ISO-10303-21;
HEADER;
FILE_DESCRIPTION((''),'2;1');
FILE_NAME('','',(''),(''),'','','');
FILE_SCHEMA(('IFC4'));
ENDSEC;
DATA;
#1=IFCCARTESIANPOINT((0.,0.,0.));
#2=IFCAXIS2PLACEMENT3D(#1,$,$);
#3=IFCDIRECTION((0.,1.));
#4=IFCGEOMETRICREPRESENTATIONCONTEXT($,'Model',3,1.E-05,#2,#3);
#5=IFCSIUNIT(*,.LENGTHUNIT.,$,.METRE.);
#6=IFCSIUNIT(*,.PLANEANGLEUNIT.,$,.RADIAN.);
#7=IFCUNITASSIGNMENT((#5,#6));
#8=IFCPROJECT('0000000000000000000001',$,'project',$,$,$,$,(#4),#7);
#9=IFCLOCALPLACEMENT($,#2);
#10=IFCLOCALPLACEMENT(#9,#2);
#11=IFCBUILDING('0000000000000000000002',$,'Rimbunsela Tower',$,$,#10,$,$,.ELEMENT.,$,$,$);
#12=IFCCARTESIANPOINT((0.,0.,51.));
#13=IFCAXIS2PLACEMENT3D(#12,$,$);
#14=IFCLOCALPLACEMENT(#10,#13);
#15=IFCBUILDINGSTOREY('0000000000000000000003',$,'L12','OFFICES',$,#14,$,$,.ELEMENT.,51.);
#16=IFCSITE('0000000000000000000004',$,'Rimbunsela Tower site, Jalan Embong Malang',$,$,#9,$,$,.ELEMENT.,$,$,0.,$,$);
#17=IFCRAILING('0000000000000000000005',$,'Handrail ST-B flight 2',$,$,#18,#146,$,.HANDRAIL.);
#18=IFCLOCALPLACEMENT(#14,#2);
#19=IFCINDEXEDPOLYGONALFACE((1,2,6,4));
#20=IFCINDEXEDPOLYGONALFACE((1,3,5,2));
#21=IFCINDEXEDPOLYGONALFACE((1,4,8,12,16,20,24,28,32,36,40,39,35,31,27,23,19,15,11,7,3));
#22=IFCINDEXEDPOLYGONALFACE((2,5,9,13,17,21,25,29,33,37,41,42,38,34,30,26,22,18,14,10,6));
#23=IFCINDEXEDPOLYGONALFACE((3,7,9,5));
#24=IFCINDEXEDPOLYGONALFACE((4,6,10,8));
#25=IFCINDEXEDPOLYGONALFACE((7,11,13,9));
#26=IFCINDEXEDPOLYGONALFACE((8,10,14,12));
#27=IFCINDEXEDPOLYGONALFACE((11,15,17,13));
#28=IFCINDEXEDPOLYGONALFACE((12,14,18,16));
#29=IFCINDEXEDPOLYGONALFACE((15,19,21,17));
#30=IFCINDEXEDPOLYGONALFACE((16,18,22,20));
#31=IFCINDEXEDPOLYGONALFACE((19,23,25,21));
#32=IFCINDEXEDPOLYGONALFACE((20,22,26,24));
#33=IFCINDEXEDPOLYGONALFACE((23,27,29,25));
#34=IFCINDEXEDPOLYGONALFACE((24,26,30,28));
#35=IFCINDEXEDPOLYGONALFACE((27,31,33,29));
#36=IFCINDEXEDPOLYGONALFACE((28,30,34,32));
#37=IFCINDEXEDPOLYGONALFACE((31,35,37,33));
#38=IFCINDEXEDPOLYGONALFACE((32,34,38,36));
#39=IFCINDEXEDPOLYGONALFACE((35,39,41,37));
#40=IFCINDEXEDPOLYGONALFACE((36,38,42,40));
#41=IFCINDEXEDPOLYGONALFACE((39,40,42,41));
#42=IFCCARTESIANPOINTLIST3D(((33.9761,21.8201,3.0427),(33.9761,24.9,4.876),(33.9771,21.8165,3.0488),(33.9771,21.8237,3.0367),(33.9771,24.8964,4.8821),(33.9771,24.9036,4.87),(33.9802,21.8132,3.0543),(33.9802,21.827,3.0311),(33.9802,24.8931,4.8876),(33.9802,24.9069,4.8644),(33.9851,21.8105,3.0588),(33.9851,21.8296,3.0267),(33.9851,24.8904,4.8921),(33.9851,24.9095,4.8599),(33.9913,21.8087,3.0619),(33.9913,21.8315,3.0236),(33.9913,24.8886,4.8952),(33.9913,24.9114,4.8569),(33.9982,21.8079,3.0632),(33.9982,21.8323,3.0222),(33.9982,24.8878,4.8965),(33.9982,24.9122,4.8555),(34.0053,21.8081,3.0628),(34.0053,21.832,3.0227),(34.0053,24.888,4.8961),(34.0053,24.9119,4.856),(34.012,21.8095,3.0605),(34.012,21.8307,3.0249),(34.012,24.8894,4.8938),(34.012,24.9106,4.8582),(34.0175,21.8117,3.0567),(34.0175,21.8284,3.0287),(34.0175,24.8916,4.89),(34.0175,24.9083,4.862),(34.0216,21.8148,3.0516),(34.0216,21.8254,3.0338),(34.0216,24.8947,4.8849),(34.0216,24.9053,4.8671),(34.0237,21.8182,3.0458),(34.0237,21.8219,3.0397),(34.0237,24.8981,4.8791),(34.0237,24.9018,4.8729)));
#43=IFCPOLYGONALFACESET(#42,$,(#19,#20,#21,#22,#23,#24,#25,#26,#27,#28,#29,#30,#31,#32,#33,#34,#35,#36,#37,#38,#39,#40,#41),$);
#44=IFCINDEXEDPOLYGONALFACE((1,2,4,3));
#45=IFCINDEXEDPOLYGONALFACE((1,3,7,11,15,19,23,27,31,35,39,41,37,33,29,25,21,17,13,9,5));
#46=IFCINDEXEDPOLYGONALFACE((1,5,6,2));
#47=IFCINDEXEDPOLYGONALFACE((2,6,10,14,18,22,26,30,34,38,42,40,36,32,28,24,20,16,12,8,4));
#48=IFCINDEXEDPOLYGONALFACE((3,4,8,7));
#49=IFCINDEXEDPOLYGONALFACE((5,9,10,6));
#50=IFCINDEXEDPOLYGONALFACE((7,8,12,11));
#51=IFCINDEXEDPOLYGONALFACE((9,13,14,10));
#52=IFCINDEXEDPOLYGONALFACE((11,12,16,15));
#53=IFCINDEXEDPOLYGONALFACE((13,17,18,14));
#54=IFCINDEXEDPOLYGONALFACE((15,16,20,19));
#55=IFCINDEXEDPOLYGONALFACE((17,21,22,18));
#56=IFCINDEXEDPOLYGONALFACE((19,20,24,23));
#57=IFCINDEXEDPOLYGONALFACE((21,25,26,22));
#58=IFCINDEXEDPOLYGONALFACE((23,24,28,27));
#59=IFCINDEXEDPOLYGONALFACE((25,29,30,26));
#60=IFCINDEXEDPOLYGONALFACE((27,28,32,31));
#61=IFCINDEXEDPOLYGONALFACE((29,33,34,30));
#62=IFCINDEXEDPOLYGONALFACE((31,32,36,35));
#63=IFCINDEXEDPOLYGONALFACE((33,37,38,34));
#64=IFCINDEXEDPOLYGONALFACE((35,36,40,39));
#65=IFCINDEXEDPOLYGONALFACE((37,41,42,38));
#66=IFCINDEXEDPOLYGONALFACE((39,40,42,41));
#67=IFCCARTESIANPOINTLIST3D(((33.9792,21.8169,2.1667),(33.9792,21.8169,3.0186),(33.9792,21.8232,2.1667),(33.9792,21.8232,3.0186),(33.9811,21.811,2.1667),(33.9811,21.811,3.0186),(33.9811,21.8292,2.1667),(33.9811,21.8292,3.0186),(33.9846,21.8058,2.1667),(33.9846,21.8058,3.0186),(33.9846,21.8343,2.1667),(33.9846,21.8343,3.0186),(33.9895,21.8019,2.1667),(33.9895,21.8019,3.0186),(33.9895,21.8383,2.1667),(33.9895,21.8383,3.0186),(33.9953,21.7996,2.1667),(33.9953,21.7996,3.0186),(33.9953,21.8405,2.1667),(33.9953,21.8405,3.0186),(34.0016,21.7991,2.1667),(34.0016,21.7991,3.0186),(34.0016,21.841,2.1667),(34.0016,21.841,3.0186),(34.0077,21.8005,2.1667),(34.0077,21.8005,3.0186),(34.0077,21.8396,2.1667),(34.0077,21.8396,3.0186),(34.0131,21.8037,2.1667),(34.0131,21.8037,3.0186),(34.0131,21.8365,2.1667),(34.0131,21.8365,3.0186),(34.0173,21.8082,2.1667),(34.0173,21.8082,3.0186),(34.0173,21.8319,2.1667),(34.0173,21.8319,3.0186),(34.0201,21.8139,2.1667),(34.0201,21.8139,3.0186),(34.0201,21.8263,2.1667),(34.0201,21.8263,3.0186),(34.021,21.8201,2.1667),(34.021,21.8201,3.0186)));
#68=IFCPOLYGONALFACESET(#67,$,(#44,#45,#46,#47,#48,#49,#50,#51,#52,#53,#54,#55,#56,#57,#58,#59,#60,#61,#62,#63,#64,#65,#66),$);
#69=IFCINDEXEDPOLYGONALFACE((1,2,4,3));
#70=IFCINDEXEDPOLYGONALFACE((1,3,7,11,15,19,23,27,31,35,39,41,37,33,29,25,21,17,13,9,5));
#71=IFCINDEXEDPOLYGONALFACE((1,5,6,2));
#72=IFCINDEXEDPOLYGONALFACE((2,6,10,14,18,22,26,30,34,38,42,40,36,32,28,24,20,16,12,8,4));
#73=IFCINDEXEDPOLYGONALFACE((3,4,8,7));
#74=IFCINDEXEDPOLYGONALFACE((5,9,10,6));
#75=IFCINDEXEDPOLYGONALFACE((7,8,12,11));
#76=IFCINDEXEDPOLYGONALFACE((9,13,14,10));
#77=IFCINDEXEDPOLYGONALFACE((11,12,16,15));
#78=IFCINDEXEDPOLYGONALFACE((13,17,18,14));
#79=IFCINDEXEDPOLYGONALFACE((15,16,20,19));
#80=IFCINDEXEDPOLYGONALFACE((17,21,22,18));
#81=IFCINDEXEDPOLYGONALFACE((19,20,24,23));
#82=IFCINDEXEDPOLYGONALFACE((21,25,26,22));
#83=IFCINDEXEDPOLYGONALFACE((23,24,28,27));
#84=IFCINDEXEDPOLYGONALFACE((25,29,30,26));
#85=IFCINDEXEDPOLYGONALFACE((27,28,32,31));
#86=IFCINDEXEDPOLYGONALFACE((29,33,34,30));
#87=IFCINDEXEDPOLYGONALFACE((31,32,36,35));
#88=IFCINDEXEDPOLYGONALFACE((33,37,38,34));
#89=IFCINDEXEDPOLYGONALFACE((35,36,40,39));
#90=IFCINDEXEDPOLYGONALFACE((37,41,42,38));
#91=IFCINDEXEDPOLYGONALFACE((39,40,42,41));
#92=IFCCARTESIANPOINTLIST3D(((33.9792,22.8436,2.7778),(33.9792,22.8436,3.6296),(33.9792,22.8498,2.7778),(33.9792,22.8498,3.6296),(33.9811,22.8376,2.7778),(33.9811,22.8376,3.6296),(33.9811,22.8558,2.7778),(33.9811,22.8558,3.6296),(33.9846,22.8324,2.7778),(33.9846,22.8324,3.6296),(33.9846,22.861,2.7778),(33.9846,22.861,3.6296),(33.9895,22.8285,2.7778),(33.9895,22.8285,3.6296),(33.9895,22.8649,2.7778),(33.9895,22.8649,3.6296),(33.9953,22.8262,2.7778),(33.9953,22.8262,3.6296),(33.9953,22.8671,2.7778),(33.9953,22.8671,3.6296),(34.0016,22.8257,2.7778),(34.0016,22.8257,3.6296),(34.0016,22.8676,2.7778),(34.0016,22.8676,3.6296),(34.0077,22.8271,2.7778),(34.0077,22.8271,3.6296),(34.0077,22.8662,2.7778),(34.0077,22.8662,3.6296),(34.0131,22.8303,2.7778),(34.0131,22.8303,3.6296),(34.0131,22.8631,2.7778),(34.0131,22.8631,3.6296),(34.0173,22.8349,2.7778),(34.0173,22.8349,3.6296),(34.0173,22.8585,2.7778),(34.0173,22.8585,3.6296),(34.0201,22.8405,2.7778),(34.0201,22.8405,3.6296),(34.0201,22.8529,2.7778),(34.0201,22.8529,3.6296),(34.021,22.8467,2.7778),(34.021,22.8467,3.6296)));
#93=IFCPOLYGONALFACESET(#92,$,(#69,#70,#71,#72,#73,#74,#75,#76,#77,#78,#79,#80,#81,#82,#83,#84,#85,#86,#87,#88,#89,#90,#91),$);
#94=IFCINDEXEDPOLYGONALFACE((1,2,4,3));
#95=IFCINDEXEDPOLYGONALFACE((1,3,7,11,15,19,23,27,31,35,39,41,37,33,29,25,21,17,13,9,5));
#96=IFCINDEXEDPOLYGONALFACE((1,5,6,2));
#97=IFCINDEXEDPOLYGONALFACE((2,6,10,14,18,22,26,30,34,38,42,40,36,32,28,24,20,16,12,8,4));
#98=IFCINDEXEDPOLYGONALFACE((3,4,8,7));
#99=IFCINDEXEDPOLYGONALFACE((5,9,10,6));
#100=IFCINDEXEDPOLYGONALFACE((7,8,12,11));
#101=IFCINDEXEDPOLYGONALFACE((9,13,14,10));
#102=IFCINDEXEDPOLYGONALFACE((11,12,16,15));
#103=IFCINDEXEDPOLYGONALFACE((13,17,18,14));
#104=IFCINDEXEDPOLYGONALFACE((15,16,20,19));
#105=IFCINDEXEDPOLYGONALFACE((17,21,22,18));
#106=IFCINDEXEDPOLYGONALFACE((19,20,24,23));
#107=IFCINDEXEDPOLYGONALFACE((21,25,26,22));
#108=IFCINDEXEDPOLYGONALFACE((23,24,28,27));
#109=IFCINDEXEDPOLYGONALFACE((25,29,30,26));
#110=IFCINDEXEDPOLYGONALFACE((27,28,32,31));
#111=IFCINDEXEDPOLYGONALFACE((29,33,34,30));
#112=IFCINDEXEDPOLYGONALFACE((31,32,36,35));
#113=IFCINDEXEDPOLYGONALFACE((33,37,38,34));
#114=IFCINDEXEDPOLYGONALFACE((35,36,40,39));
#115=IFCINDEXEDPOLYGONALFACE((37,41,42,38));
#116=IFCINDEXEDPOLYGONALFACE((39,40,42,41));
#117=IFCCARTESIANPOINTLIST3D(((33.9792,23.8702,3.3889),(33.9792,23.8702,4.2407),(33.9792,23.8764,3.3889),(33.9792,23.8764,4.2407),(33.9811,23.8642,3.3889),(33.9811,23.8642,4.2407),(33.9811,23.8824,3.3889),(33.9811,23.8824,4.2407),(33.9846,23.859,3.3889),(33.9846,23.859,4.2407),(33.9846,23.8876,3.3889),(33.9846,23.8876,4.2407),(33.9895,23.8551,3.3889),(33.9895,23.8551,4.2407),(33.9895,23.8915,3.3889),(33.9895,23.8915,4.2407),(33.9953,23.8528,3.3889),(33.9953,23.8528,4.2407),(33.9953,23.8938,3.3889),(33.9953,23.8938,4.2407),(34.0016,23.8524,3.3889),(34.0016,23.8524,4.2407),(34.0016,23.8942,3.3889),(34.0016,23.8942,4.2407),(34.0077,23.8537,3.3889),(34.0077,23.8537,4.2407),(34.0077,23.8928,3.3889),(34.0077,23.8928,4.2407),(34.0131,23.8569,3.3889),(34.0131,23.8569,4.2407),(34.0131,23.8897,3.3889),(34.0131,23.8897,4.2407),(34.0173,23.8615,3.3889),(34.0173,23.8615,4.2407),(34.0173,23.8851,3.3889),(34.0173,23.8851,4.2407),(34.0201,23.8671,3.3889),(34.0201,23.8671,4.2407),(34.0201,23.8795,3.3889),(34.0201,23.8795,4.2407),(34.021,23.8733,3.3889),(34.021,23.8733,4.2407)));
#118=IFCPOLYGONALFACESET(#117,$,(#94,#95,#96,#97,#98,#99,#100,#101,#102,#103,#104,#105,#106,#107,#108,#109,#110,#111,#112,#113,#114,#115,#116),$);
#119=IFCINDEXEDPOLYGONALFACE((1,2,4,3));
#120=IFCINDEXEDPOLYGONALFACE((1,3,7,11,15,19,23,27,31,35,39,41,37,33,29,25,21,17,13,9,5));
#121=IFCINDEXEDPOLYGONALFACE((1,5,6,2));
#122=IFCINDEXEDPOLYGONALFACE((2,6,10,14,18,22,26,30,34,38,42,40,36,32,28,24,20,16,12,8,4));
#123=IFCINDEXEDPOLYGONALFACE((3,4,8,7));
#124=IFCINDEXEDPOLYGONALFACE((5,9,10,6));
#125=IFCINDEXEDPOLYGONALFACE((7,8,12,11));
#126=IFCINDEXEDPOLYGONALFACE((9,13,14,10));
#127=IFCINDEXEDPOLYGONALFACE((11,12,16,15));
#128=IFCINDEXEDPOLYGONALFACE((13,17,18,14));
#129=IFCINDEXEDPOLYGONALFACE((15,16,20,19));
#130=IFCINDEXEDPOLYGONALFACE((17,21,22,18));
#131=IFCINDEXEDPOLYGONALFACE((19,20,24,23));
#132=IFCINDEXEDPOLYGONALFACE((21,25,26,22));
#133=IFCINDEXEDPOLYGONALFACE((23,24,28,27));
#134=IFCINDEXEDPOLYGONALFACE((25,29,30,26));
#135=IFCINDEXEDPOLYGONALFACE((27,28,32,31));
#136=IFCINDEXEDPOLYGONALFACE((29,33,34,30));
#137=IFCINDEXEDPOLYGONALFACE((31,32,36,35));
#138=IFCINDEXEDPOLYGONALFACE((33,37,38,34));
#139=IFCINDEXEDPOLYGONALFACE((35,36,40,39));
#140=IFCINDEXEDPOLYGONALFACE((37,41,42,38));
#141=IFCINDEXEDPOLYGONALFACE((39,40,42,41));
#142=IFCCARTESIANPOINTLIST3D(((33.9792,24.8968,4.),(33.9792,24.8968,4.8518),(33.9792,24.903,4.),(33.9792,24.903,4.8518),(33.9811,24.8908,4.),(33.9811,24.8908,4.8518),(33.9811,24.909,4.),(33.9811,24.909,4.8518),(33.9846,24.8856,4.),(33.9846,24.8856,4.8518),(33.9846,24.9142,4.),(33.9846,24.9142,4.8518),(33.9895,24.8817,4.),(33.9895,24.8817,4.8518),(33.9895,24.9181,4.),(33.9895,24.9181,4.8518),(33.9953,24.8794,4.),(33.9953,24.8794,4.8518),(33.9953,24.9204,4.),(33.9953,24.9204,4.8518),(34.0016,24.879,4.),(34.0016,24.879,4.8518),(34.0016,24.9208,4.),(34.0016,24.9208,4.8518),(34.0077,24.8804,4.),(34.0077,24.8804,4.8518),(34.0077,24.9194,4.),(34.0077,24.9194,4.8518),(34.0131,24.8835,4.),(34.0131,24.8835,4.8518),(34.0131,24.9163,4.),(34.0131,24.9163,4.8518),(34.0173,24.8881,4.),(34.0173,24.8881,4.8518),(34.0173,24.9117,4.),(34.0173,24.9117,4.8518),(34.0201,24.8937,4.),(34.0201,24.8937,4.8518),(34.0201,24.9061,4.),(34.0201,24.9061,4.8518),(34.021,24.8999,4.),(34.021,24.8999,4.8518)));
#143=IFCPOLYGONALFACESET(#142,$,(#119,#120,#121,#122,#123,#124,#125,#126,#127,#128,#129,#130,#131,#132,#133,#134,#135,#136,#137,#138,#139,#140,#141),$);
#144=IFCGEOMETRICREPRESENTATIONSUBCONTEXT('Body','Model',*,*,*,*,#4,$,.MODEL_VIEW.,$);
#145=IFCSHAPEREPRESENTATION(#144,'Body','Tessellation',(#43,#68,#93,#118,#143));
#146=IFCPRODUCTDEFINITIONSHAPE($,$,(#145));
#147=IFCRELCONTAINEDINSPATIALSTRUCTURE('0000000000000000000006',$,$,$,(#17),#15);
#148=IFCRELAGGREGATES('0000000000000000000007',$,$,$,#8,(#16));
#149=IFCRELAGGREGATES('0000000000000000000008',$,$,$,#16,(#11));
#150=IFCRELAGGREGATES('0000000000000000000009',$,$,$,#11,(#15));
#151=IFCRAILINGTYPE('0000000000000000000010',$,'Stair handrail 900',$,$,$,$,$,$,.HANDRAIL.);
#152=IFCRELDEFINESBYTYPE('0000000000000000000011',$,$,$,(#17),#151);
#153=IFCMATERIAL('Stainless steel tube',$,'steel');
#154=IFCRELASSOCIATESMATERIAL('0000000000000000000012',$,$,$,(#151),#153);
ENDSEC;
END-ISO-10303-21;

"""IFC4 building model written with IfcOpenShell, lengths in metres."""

from ifc_helpers import new_model, si_unit, direction, frame, origin, origin_2d, place, context, subcontext, project, spatial, circle, extrude, material, type_object, element, save


model = new_model("IFC4")

# Units and contexts
model_context = context("Model", 3, precision=1e-05, world=origin(), true_north=direction((0.0, 1.0)))
body_context = subcontext(model_context, "Body", "Model", "MODEL_VIEW")
ifc_project = project(units=[si_unit("LENGTHUNIT", "METRE"), si_unit("PLANEANGLEUNIT", "RADIAN")], contexts=[model_context])

# Site, building, storey
site_placement = place(None, origin())
site = spatial("IfcSite", under=ifc_project, at=site_placement, Name="Rimbunsela Tower site, Jalan Embong Malang", CompositionType="ELEMENT", RefElevation=0.0)
building_placement = place(site_placement, origin())
building = spatial("IfcBuilding", under=site, at=building_placement, Name="Rimbunsela Tower", CompositionType="ELEMENT")
storey_placement = place(building_placement, frame((0.0, 0.0, 51.0)))
storey = spatial("IfcBuildingStorey", under=building, at=storey_placement, Name="L12", Description="OFFICES", CompositionType="ELEMENT", Elevation=51.0)

# Railing
ifc_material_1 = material(Name="Stainless steel tube", Category="steel")
railing_type = type_object("IfcRailingType", Name="Stair handrail 900", PredefinedType="HANDRAIL", material=ifc_material_1)
for number, where, name in (
    (1, (34.0, 21.8201, 2.1667), "Handrail ST-B flight 2"),
):
    element("IfcRailing", number, at=place(storey_placement, frame(where)), inside=storey, type_object=railing_type, Name=name, PredefinedType="HANDRAIL", context=body_context, shape_type="SweptSolid", body=[
        extrude(circle(Radius=0.0239, at=origin_2d()), frame((0.0, 0.0, 0.876), z_axis=(0.0, 0.859291, 0.511487), x_axis=(-1.0, 0.0, 0.0)), (0.0, 0.0, 1.0), 3.5842),
        extrude(circle(Radius=0.021, at=origin_2d()), origin(), (0.0, 0.0, 1.0), 0.8518),
        extrude(circle(Radius=0.021, at=origin_2d()), frame((0.0, 1.0266, 0.6111)), (0.0, 0.0, 1.0), 0.8518),
        extrude(circle(Radius=0.021, at=origin_2d()), frame((0.0, 2.0532, 1.2222)), (0.0, 0.0, 1.0), 0.8518),
        extrude(circle(Radius=0.021, at=origin_2d()), frame((0.0, 3.0798, 1.8333)), (0.0, 0.0, 1.0), 0.8518),
    ])

save(model, "model.ifc")
